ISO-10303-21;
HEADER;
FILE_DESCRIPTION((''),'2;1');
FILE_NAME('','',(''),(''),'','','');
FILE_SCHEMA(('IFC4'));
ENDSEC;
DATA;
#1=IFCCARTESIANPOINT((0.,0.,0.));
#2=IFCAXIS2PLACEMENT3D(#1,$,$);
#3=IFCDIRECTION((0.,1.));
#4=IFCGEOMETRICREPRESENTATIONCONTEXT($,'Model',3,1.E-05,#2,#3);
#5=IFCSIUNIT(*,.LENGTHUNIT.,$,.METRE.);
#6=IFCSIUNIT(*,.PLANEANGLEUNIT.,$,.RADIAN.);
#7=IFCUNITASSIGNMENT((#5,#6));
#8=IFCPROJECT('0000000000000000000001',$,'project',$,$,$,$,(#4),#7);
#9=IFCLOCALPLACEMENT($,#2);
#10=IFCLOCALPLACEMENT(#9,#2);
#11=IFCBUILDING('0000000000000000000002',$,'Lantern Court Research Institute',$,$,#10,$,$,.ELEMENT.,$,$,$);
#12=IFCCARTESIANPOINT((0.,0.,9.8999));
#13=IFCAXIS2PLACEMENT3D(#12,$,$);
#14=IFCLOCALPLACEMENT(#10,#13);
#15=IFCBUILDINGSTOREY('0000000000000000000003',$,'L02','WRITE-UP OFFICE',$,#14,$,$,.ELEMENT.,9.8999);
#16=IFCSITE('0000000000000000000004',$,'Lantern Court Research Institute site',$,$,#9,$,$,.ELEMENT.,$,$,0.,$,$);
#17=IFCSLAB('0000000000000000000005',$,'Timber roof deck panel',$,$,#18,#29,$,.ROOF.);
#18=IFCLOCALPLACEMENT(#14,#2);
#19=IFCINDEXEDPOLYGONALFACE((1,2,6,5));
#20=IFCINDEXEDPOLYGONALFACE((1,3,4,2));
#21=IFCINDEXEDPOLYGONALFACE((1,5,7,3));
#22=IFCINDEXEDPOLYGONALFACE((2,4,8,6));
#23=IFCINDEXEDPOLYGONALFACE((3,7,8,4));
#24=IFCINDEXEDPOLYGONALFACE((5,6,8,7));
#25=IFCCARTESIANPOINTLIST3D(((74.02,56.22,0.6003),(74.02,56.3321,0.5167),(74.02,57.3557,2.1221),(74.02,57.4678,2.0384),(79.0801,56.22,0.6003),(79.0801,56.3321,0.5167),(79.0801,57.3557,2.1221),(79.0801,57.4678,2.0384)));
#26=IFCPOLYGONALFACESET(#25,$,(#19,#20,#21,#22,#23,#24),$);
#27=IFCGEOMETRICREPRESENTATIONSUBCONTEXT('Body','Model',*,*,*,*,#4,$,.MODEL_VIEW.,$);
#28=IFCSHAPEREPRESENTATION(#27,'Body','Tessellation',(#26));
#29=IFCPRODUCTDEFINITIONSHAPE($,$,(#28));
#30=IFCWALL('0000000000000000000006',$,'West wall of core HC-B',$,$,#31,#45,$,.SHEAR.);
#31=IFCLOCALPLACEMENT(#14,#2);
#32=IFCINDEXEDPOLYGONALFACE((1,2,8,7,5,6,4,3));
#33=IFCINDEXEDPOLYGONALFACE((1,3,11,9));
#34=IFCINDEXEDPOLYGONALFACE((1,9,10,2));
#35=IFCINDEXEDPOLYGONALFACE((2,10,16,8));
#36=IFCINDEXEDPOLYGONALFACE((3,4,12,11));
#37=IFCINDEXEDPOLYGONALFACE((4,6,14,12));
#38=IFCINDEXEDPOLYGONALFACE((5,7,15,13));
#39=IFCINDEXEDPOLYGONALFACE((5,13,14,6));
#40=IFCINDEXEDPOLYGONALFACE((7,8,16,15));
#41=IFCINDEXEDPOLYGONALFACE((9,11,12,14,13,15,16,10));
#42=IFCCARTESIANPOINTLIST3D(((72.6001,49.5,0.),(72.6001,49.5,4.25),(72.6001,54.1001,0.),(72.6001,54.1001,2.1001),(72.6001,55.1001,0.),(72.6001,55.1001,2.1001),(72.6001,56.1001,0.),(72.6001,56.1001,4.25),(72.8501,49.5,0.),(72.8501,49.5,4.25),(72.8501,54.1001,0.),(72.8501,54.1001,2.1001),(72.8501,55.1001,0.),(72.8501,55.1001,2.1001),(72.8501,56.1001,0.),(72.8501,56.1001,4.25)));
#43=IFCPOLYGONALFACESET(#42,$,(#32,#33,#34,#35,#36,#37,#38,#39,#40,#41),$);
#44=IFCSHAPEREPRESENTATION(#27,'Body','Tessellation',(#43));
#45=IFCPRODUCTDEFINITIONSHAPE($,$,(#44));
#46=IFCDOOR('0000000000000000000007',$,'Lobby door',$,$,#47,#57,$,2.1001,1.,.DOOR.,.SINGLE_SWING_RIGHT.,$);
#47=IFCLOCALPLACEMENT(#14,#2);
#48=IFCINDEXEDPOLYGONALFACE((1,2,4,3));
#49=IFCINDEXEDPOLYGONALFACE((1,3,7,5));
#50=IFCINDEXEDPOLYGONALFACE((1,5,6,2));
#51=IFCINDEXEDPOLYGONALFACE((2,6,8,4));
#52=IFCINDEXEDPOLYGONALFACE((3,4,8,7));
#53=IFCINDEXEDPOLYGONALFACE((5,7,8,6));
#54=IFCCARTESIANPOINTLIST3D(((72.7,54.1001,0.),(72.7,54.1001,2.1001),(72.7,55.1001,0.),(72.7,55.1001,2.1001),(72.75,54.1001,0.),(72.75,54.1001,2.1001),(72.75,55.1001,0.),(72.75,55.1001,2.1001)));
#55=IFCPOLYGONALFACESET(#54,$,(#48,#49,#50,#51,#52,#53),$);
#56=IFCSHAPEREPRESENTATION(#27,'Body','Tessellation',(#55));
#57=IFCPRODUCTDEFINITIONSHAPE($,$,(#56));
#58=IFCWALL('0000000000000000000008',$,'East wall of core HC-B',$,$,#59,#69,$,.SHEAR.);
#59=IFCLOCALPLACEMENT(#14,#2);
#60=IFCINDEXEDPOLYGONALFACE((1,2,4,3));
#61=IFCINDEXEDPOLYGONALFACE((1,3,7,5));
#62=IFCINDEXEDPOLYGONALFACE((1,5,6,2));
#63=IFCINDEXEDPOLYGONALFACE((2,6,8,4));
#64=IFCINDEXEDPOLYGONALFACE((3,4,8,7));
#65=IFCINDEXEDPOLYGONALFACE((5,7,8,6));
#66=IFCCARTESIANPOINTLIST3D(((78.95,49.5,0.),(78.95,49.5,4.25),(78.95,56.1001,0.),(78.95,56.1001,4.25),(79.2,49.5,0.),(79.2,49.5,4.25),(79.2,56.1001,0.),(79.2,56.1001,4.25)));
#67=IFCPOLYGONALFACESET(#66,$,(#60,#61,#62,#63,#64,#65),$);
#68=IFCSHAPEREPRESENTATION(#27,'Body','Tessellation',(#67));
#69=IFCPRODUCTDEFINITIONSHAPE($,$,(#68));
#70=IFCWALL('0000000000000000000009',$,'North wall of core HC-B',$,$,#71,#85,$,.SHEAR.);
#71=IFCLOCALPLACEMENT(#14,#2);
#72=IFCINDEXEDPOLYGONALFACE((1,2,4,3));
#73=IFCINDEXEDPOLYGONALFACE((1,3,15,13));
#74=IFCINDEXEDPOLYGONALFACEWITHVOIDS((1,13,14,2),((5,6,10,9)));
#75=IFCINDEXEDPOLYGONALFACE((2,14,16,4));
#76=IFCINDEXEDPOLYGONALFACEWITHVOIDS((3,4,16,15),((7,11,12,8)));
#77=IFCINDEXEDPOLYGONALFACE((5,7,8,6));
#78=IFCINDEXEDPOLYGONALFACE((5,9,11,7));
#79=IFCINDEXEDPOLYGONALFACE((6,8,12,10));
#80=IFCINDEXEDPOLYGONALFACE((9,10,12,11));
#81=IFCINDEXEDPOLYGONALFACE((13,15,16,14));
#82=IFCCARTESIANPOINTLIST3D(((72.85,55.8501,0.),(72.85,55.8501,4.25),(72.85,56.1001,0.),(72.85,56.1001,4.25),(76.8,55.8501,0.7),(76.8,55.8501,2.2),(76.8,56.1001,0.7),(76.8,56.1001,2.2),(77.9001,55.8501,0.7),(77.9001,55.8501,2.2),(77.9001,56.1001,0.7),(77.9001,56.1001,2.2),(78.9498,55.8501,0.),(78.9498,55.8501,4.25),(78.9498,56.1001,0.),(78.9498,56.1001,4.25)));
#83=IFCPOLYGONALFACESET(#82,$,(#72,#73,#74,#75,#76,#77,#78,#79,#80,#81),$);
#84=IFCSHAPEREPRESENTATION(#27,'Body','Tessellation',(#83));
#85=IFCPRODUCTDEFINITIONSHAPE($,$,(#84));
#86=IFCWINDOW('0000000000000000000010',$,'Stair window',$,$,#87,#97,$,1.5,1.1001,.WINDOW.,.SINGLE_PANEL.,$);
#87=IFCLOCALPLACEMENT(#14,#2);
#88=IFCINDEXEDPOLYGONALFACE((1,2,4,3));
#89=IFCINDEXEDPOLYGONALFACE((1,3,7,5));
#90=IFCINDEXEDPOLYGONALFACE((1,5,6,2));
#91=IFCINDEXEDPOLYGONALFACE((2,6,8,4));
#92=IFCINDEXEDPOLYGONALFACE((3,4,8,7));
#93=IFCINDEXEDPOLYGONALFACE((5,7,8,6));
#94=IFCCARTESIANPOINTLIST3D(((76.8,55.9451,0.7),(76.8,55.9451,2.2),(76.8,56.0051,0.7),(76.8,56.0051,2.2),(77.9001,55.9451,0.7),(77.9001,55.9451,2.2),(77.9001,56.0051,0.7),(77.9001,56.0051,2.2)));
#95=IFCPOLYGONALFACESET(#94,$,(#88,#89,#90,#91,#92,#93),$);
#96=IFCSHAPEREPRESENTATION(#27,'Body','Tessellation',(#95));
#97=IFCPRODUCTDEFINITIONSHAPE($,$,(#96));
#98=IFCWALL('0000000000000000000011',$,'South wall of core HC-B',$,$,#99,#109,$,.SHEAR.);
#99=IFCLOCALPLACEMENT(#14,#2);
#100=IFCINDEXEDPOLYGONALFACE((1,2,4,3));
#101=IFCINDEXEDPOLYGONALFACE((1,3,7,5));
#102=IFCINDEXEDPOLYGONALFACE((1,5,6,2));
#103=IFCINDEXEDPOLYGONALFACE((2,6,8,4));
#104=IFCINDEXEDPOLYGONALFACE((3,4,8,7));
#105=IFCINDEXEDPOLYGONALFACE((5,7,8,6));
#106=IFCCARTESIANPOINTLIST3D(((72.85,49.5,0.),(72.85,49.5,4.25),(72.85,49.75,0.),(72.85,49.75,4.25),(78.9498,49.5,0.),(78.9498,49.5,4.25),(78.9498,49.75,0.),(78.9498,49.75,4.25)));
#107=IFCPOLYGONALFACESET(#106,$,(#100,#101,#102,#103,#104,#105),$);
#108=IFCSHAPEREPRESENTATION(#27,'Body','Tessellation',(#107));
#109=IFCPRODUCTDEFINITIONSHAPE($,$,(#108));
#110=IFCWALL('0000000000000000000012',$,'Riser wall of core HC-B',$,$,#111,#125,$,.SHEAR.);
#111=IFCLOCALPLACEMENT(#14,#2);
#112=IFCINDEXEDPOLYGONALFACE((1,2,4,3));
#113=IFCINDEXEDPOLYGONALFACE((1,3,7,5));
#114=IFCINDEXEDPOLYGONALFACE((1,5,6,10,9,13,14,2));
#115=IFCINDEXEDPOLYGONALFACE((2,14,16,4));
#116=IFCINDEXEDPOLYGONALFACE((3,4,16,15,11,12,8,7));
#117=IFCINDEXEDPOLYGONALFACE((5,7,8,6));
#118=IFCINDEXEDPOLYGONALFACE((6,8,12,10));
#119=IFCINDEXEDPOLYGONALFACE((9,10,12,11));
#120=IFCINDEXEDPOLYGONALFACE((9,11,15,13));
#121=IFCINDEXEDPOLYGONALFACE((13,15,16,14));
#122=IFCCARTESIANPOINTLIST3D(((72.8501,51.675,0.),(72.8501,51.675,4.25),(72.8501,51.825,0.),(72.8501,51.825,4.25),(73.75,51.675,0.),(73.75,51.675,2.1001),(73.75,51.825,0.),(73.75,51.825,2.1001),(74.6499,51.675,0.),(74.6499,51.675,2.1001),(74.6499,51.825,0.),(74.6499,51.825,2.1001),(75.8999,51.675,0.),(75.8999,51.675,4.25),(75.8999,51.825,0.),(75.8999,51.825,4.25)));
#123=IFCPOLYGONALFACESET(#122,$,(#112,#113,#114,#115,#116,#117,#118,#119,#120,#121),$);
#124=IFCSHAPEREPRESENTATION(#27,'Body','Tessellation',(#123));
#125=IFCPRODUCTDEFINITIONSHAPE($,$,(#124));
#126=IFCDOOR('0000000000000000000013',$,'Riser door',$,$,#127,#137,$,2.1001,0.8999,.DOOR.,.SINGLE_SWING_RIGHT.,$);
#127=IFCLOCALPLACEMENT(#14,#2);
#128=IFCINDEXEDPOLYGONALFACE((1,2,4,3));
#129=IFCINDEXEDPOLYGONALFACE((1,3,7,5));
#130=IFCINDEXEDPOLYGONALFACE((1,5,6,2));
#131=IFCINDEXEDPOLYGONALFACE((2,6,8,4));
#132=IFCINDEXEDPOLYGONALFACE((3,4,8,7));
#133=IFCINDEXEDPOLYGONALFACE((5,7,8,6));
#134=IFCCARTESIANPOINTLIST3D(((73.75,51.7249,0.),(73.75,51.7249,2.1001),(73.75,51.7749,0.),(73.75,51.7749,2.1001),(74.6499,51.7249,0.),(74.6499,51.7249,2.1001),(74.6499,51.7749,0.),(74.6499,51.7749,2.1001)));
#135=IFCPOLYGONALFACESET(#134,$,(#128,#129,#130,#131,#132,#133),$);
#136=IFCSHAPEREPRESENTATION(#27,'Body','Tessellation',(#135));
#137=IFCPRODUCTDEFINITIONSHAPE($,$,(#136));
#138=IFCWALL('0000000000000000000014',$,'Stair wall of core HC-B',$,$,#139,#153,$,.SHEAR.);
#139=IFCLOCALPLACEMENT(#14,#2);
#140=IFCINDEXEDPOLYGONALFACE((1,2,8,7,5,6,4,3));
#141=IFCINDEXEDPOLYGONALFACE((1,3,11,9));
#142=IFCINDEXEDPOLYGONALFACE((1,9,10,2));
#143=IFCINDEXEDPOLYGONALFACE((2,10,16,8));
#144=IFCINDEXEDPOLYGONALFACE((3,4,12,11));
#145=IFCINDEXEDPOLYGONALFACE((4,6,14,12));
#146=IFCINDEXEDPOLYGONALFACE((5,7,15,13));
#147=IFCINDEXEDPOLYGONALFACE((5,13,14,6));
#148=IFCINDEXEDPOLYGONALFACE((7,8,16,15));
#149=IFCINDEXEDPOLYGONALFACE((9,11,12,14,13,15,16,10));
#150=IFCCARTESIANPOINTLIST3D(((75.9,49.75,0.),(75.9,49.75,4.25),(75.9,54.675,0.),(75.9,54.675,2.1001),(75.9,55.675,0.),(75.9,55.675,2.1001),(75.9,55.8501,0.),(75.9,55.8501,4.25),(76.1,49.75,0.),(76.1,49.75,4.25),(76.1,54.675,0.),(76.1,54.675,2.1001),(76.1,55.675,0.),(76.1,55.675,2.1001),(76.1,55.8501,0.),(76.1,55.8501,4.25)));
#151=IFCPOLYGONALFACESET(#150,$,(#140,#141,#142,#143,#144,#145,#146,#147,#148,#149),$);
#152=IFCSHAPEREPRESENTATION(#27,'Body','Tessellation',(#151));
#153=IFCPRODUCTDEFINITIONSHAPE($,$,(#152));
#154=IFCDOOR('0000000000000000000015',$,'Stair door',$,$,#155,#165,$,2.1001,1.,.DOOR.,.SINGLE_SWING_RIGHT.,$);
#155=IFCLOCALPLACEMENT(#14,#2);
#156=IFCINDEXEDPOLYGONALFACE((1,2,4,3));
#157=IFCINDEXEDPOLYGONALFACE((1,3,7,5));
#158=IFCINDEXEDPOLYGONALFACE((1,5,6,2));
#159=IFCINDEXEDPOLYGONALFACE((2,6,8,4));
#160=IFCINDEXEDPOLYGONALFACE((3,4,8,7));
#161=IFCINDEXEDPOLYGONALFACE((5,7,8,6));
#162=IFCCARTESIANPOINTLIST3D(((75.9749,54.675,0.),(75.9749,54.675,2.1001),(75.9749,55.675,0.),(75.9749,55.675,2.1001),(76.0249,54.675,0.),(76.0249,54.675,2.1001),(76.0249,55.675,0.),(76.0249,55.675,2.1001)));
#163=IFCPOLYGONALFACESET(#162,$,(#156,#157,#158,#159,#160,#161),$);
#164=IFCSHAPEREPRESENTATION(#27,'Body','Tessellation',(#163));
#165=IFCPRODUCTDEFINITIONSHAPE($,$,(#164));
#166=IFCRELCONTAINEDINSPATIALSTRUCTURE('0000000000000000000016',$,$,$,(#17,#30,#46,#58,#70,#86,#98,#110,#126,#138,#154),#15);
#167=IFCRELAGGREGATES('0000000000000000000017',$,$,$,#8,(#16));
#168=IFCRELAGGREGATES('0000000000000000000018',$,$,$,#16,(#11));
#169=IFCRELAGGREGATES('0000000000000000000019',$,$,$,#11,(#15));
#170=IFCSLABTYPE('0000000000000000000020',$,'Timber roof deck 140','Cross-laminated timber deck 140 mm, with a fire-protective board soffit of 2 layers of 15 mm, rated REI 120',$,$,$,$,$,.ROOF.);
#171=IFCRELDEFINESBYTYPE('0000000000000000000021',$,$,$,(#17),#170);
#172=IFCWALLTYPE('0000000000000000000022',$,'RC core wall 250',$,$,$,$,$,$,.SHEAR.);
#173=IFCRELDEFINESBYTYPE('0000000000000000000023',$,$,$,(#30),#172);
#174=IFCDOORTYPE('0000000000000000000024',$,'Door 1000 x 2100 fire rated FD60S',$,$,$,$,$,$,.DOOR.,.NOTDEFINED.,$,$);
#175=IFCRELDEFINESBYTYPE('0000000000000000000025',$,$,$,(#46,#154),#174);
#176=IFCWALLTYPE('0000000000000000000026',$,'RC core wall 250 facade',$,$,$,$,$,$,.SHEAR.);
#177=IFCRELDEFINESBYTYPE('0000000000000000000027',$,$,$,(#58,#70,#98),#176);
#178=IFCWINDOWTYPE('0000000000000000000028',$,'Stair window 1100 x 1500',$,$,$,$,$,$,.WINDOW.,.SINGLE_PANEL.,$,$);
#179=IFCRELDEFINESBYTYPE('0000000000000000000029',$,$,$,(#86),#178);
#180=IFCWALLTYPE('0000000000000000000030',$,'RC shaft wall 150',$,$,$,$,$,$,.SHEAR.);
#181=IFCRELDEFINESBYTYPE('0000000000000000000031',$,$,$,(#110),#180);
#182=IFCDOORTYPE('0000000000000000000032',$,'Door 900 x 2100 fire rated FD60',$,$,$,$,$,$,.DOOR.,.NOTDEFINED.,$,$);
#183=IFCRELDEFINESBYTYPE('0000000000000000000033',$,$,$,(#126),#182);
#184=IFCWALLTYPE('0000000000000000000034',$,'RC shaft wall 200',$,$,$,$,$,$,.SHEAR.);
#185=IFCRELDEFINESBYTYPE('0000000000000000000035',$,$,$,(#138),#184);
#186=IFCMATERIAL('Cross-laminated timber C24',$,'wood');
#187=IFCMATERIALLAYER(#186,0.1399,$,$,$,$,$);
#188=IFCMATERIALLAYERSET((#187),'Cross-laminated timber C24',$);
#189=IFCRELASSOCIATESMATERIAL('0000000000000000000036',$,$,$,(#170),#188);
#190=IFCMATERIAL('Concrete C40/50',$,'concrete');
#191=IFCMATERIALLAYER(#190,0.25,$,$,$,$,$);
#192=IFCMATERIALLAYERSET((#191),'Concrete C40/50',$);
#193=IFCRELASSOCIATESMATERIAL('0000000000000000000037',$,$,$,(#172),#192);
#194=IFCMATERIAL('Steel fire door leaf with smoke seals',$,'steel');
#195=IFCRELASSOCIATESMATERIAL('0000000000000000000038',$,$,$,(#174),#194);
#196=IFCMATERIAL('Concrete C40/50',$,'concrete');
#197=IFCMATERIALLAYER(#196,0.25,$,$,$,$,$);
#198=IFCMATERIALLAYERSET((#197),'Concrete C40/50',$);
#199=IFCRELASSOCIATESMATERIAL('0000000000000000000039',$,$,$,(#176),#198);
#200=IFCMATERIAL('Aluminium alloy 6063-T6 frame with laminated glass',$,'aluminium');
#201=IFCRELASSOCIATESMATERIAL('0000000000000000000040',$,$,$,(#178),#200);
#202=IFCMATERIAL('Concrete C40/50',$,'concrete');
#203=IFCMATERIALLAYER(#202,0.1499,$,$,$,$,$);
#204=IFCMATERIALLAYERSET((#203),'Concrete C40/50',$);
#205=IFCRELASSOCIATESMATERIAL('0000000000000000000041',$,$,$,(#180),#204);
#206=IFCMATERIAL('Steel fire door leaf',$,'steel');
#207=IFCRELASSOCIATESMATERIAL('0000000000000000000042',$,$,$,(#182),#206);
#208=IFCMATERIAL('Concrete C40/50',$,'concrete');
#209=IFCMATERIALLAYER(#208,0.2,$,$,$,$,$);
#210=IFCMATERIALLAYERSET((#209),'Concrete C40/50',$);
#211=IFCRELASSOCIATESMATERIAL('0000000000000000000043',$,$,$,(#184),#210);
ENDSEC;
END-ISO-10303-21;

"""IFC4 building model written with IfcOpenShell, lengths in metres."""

from ifc_helpers import new_model, si_unit, direction, frame, frame_2d, origin, place, context, subcontext, project, spatial, polyline, rectangle, outline, extrude, material, layer, layer_set, type_object, element, fill, save


model = new_model("IFC4")

# Units and contexts
model_context = context("Model", 3, precision=1e-05, world=origin(), true_north=direction((0.0, 1.0)))
body_context = subcontext(model_context, "Body", "Model", "MODEL_VIEW")
ifc_project = project(units=[si_unit("LENGTHUNIT", "METRE"), si_unit("PLANEANGLEUNIT", "RADIAN")], contexts=[model_context])

# Site, building, storey
site_placement = place(None, origin())
site = spatial("IfcSite", under=ifc_project, at=site_placement, Name="Lantern Court Research Institute site", CompositionType="ELEMENT", RefElevation=0.0)
building_placement = place(site_placement, origin())
building = spatial("IfcBuilding", under=site, at=building_placement, Name="Lantern Court Research Institute", CompositionType="ELEMENT")
storey_placement = place(building_placement, frame((0.0, 0.0, 9.8999)))
storey = spatial("IfcBuildingStorey", under=building, at=storey_placement, Name="L02", Description="WRITE-UP OFFICE", CompositionType="ELEMENT", Elevation=9.8999)

# Slab
ifc_material_1 = material(Name="Cross-laminated timber C24", Category="wood")
ifc_layer_1 = layer(ifc_material_1, 0.1399)
ifc_layer_set_1 = layer_set([ifc_layer_1], Name="Cross-laminated timber C24")
slab_type = type_object("IfcSlabType", Name="Timber roof deck 140", Description="Cross-laminated timber deck 140 mm, with a fire-protective board soffit of 2 layers of 15 mm, rated REI 120", PredefinedType="ROOF", material=ifc_layer_set_1)
slab_placement = place(storey_placement, frame((74.02, 56.22, 0.6003), z_axis=(0.0, -0.801402, 0.598126), x_axis=(1.0, 0.0, 0.0)))
element("IfcSlab", 1, at=slab_placement, inside=storey, type_object=slab_type, Name="Timber roof deck panel", PredefinedType="ROOF", context=body_context, shape_type="SweptSolid", body=[
    extrude(outline(polyline([(0.0, 0.0), (5.0601, 0.0), (5.0601, 1.8988), (0.0, 1.8988), (0.0, 0.0)])), origin(), (0.0, 0.0, -1.0), 0.1399),
])

# Wall, opening, door
ifc_material_2 = material(Name="Concrete C40/50", Category="concrete")
ifc_layer_2 = layer(ifc_material_2, 0.25)
ifc_layer_set_2 = layer_set([ifc_layer_2], Name="Concrete C40/50")
wall_type_1 = type_object("IfcWallType", Name="RC core wall 250", PredefinedType="SHEAR", material=ifc_layer_set_2)
wall_1_placement = place(storey_placement, frame((72.7251, 56.1001, 0.0), z_axis=(0.0, 0.0, 1.0), x_axis=(0.0, -1.0, 0.0)))
wall_1 = element("IfcWall", 2, at=wall_1_placement, inside=storey, type_object=wall_type_1, Name="West wall of core HC-B", PredefinedType="SHEAR", context=body_context, shape_type="SweptSolid", body=[
    extrude(rectangle(XDim=6.6001, YDim=0.25, at=frame_2d((3.3, 0.0))), origin(), (0.0, 0.0, 1.0), 4.25),
])
opening_1_placement = place(wall_1_placement, frame((1.0, 0.0, 0.0)))
opening_1 = element("IfcOpeningElement", 3, at=opening_1_placement, cuts=wall_1, PredefinedType="OPENING", context=body_context, shape_type="SweptSolid", body=[
    extrude(rectangle(XDim=1.0, YDim=2.1001, at=frame_2d((0.5, 1.05))), frame((0.0, 0.135, 0.0), z_axis=(0.0, -1.0, 0.0), x_axis=(1.0, 0.0, 0.0)), (0.0, 0.0, 1.0), 0.27),
])
ifc_material_3 = material(Name="Steel fire door leaf with smoke seals", Category="steel")
door_type_1 = type_object("IfcDoorType", Name="Door 1000 x 2100 fire rated FD60S", OperationType="NOTDEFINED", PredefinedType="DOOR", material=ifc_material_3)
door_1_placement = place(opening_1_placement, origin())
door_1 = element("IfcDoor", 4, at=door_1_placement, inside=storey, type_object=door_type_1, Name="Lobby door", OperationType="SINGLE_SWING_RIGHT", OverallHeight=2.1001, OverallWidth=1.0, PredefinedType="DOOR", context=body_context, shape_type="SweptSolid", body=[
    extrude(rectangle(XDim=1.0, YDim=2.1001, at=frame_2d((0.5, 1.05))), frame((0.0, 0.0249, 0.0), z_axis=(0.0, -1.0, 0.0), x_axis=(1.0, 0.0, 0.0)), (0.0, 0.0, 1.0), 0.05),
])
fill(opening_1, door_1)

# Wall
ifc_material_4 = material(Name="Concrete C40/50", Category="concrete")
ifc_layer_3 = layer(ifc_material_4, 0.25)
ifc_layer_set_3 = layer_set([ifc_layer_3], Name="Concrete C40/50")
wall_type_2 = type_object("IfcWallType", Name="RC core wall 250 facade", PredefinedType="SHEAR", material=ifc_layer_set_3)
wall_2_placement = place(storey_placement, frame((79.075, 56.1001, 0.0), z_axis=(0.0, 0.0, 1.0), x_axis=(0.0, -1.0, 0.0)))
element("IfcWall", 5, at=wall_2_placement, inside=storey, type_object=wall_type_2, Name="East wall of core HC-B", PredefinedType="SHEAR", context=body_context, shape_type="SweptSolid", body=[
    extrude(rectangle(XDim=6.6001, YDim=0.25, at=frame_2d((3.3, 0.0))), origin(), (0.0, 0.0, 1.0), 4.25),
])

# Wall, opening, window
wall_3_placement = place(storey_placement, frame((72.8501, 55.9751, 0.0), z_axis=(0.0, 0.0, 1.0), x_axis=(1.0, 0.0, 0.0)))
wall_3 = element("IfcWall", 6, at=wall_3_placement, inside=storey, type_object=wall_type_2, Name="North wall of core HC-B", PredefinedType="SHEAR", context=body_context, shape_type="SweptSolid", body=[
    extrude(rectangle(XDim=6.0999, YDim=0.25, at=frame_2d((3.0498, 0.0))), origin(), (0.0, 0.0, 1.0), 4.25),
])
opening_2_placement = place(wall_3_placement, frame((3.95, 0.0, 0.7)))
opening_2 = element("IfcOpeningElement", 7, at=opening_2_placement, cuts=wall_3, PredefinedType="OPENING", context=body_context, shape_type="SweptSolid", body=[
    extrude(rectangle(XDim=1.1001, YDim=1.5, at=frame_2d((0.55, 0.75))), frame((0.0, 0.135, 0.0), z_axis=(0.0, -1.0, 0.0), x_axis=(1.0, 0.0, 0.0)), (0.0, 0.0, 1.0), 0.27),
])
ifc_material_5 = material(Name="Aluminium alloy 6063-T6 frame with laminated glass", Category="aluminium")
window_type = type_object("IfcWindowType", Name="Stair window 1100 x 1500", PartitioningType="SINGLE_PANEL", PredefinedType="WINDOW", material=ifc_material_5)
window_placement = place(opening_2_placement, origin())
window = element("IfcWindow", 8, at=window_placement, inside=storey, type_object=window_type, Name="Stair window", OverallHeight=1.5, OverallWidth=1.1001, PartitioningType="SINGLE_PANEL", PredefinedType="WINDOW", context=body_context, shape_type="SweptSolid", body=[
    extrude(rectangle(XDim=1.1001, YDim=1.5, at=frame_2d((0.55, 0.75))), frame((0.0, 0.03, 0.0), z_axis=(0.0, -1.0, 0.0), x_axis=(1.0, 0.0, 0.0)), (0.0, 0.0, 1.0), 0.0601),
])
fill(opening_2, window)

# Wall
wall_4_placement = place(storey_placement, frame((72.8501, 49.625, 0.0), z_axis=(0.0, 0.0, 1.0), x_axis=(1.0, 0.0, 0.0)))
element("IfcWall", 9, at=wall_4_placement, inside=storey, type_object=wall_type_2, Name="South wall of core HC-B", PredefinedType="SHEAR", context=body_context, shape_type="SweptSolid", body=[
    extrude(rectangle(XDim=6.0999, YDim=0.25, at=frame_2d((3.0498, 0.0))), origin(), (0.0, 0.0, 1.0), 4.25),
])

# Walls, openings, doors
ifc_material_6 = material(Name="Concrete C40/50", Category="concrete")
ifc_layer_4 = layer(ifc_material_6, 0.1499)
ifc_layer_set_4 = layer_set([ifc_layer_4], Name="Concrete C40/50")
wall_type_3 = type_object("IfcWallType", Name="RC shaft wall 150", PredefinedType="SHEAR", material=ifc_layer_set_4)
wall_5_placement = place(storey_placement, frame((72.8501, 51.75, 0.0), z_axis=(0.0, 0.0, 1.0), x_axis=(1.0, 0.0, 0.0)))
wall_5 = element("IfcWall", 10, at=wall_5_placement, inside=storey, type_object=wall_type_3, Name="Riser wall of core HC-B", PredefinedType="SHEAR", context=body_context, shape_type="SweptSolid", body=[
    extrude(rectangle(XDim=3.0498, YDim=0.1499, at=frame_2d((1.5249, 0.0))), origin(), (0.0, 0.0, 1.0), 4.25),
])
opening_3_placement = place(wall_5_placement, frame((0.8999, 0.0, 0.0)))
opening_3 = element("IfcOpeningElement", 11, at=opening_3_placement, cuts=wall_5, PredefinedType="OPENING", context=body_context, shape_type="SweptSolid", body=[
    extrude(rectangle(XDim=0.8999, YDim=2.1001, at=frame_2d((0.45, 1.05))), frame((0.0, 0.085, 0.0), z_axis=(0.0, -1.0, 0.0), x_axis=(1.0, 0.0, 0.0)), (0.0, 0.0, 1.0), 0.1699),
])
ifc_material_7 = material(Name="Steel fire door leaf", Category="steel")
door_type_2 = type_object("IfcDoorType", Name="Door 900 x 2100 fire rated FD60", OperationType="NOTDEFINED", PredefinedType="DOOR", material=ifc_material_7)
door_2_placement = place(opening_3_placement, origin())
door_2 = element("IfcDoor", 12, at=door_2_placement, inside=storey, type_object=door_type_2, Name="Riser door", OperationType="SINGLE_SWING_RIGHT", OverallHeight=2.1001, OverallWidth=0.8999, PredefinedType="DOOR", context=body_context, shape_type="SweptSolid", body=[
    extrude(rectangle(XDim=0.8999, YDim=2.1001, at=frame_2d((0.45, 1.05))), frame((0.0, 0.0249, 0.0), z_axis=(0.0, -1.0, 0.0), x_axis=(1.0, 0.0, 0.0)), (0.0, 0.0, 1.0), 0.05),
])
fill(opening_3, door_2)
ifc_material_8 = material(Name="Concrete C40/50", Category="concrete")
ifc_layer_5 = layer(ifc_material_8, 0.2)
ifc_layer_set_5 = layer_set([ifc_layer_5], Name="Concrete C40/50")
wall_type_4 = type_object("IfcWallType", Name="RC shaft wall 200", PredefinedType="SHEAR", material=ifc_layer_set_5)
wall_6_placement = place(storey_placement, frame((76.0, 55.8501, 0.0), z_axis=(0.0, 0.0, 1.0), x_axis=(0.0, -1.0, 0.0)))
wall_6 = element("IfcWall", 13, at=wall_6_placement, inside=storey, type_object=wall_type_4, Name="Stair wall of core HC-B", PredefinedType="SHEAR", context=body_context, shape_type="SweptSolid", body=[
    extrude(rectangle(XDim=6.1001, YDim=0.2, at=frame_2d((3.05, 0.0))), origin(), (0.0, 0.0, 1.0), 4.25),
])
opening_4_placement = place(wall_6_placement, frame((0.175, 0.0, 0.0)))
opening_4 = element("IfcOpeningElement", 14, at=opening_4_placement, cuts=wall_6, PredefinedType="OPENING", context=body_context, shape_type="SweptSolid", body=[
    extrude(rectangle(XDim=1.0, YDim=2.1001, at=frame_2d((0.5, 1.05))), frame((0.0, 0.1099, 0.0), z_axis=(0.0, -1.0, 0.0), x_axis=(1.0, 0.0, 0.0)), (0.0, 0.0, 1.0), 0.22),
])
door_3_placement = place(opening_4_placement, origin())
door_3 = element("IfcDoor", 15, at=door_3_placement, inside=storey, type_object=door_type_1, Name="Stair door", OperationType="SINGLE_SWING_RIGHT", OverallHeight=2.1001, OverallWidth=1.0, PredefinedType="DOOR", context=body_context, shape_type="SweptSolid", body=[
    extrude(rectangle(XDim=1.0, YDim=2.1001, at=frame_2d((0.5, 1.05))), frame((0.0, 0.0249, 0.0), z_axis=(0.0, -1.0, 0.0), x_axis=(1.0, 0.0, 0.0)), (0.0, 0.0, 1.0), 0.05),
])
fill(opening_4, door_3)

save(model, "model.ifc")
